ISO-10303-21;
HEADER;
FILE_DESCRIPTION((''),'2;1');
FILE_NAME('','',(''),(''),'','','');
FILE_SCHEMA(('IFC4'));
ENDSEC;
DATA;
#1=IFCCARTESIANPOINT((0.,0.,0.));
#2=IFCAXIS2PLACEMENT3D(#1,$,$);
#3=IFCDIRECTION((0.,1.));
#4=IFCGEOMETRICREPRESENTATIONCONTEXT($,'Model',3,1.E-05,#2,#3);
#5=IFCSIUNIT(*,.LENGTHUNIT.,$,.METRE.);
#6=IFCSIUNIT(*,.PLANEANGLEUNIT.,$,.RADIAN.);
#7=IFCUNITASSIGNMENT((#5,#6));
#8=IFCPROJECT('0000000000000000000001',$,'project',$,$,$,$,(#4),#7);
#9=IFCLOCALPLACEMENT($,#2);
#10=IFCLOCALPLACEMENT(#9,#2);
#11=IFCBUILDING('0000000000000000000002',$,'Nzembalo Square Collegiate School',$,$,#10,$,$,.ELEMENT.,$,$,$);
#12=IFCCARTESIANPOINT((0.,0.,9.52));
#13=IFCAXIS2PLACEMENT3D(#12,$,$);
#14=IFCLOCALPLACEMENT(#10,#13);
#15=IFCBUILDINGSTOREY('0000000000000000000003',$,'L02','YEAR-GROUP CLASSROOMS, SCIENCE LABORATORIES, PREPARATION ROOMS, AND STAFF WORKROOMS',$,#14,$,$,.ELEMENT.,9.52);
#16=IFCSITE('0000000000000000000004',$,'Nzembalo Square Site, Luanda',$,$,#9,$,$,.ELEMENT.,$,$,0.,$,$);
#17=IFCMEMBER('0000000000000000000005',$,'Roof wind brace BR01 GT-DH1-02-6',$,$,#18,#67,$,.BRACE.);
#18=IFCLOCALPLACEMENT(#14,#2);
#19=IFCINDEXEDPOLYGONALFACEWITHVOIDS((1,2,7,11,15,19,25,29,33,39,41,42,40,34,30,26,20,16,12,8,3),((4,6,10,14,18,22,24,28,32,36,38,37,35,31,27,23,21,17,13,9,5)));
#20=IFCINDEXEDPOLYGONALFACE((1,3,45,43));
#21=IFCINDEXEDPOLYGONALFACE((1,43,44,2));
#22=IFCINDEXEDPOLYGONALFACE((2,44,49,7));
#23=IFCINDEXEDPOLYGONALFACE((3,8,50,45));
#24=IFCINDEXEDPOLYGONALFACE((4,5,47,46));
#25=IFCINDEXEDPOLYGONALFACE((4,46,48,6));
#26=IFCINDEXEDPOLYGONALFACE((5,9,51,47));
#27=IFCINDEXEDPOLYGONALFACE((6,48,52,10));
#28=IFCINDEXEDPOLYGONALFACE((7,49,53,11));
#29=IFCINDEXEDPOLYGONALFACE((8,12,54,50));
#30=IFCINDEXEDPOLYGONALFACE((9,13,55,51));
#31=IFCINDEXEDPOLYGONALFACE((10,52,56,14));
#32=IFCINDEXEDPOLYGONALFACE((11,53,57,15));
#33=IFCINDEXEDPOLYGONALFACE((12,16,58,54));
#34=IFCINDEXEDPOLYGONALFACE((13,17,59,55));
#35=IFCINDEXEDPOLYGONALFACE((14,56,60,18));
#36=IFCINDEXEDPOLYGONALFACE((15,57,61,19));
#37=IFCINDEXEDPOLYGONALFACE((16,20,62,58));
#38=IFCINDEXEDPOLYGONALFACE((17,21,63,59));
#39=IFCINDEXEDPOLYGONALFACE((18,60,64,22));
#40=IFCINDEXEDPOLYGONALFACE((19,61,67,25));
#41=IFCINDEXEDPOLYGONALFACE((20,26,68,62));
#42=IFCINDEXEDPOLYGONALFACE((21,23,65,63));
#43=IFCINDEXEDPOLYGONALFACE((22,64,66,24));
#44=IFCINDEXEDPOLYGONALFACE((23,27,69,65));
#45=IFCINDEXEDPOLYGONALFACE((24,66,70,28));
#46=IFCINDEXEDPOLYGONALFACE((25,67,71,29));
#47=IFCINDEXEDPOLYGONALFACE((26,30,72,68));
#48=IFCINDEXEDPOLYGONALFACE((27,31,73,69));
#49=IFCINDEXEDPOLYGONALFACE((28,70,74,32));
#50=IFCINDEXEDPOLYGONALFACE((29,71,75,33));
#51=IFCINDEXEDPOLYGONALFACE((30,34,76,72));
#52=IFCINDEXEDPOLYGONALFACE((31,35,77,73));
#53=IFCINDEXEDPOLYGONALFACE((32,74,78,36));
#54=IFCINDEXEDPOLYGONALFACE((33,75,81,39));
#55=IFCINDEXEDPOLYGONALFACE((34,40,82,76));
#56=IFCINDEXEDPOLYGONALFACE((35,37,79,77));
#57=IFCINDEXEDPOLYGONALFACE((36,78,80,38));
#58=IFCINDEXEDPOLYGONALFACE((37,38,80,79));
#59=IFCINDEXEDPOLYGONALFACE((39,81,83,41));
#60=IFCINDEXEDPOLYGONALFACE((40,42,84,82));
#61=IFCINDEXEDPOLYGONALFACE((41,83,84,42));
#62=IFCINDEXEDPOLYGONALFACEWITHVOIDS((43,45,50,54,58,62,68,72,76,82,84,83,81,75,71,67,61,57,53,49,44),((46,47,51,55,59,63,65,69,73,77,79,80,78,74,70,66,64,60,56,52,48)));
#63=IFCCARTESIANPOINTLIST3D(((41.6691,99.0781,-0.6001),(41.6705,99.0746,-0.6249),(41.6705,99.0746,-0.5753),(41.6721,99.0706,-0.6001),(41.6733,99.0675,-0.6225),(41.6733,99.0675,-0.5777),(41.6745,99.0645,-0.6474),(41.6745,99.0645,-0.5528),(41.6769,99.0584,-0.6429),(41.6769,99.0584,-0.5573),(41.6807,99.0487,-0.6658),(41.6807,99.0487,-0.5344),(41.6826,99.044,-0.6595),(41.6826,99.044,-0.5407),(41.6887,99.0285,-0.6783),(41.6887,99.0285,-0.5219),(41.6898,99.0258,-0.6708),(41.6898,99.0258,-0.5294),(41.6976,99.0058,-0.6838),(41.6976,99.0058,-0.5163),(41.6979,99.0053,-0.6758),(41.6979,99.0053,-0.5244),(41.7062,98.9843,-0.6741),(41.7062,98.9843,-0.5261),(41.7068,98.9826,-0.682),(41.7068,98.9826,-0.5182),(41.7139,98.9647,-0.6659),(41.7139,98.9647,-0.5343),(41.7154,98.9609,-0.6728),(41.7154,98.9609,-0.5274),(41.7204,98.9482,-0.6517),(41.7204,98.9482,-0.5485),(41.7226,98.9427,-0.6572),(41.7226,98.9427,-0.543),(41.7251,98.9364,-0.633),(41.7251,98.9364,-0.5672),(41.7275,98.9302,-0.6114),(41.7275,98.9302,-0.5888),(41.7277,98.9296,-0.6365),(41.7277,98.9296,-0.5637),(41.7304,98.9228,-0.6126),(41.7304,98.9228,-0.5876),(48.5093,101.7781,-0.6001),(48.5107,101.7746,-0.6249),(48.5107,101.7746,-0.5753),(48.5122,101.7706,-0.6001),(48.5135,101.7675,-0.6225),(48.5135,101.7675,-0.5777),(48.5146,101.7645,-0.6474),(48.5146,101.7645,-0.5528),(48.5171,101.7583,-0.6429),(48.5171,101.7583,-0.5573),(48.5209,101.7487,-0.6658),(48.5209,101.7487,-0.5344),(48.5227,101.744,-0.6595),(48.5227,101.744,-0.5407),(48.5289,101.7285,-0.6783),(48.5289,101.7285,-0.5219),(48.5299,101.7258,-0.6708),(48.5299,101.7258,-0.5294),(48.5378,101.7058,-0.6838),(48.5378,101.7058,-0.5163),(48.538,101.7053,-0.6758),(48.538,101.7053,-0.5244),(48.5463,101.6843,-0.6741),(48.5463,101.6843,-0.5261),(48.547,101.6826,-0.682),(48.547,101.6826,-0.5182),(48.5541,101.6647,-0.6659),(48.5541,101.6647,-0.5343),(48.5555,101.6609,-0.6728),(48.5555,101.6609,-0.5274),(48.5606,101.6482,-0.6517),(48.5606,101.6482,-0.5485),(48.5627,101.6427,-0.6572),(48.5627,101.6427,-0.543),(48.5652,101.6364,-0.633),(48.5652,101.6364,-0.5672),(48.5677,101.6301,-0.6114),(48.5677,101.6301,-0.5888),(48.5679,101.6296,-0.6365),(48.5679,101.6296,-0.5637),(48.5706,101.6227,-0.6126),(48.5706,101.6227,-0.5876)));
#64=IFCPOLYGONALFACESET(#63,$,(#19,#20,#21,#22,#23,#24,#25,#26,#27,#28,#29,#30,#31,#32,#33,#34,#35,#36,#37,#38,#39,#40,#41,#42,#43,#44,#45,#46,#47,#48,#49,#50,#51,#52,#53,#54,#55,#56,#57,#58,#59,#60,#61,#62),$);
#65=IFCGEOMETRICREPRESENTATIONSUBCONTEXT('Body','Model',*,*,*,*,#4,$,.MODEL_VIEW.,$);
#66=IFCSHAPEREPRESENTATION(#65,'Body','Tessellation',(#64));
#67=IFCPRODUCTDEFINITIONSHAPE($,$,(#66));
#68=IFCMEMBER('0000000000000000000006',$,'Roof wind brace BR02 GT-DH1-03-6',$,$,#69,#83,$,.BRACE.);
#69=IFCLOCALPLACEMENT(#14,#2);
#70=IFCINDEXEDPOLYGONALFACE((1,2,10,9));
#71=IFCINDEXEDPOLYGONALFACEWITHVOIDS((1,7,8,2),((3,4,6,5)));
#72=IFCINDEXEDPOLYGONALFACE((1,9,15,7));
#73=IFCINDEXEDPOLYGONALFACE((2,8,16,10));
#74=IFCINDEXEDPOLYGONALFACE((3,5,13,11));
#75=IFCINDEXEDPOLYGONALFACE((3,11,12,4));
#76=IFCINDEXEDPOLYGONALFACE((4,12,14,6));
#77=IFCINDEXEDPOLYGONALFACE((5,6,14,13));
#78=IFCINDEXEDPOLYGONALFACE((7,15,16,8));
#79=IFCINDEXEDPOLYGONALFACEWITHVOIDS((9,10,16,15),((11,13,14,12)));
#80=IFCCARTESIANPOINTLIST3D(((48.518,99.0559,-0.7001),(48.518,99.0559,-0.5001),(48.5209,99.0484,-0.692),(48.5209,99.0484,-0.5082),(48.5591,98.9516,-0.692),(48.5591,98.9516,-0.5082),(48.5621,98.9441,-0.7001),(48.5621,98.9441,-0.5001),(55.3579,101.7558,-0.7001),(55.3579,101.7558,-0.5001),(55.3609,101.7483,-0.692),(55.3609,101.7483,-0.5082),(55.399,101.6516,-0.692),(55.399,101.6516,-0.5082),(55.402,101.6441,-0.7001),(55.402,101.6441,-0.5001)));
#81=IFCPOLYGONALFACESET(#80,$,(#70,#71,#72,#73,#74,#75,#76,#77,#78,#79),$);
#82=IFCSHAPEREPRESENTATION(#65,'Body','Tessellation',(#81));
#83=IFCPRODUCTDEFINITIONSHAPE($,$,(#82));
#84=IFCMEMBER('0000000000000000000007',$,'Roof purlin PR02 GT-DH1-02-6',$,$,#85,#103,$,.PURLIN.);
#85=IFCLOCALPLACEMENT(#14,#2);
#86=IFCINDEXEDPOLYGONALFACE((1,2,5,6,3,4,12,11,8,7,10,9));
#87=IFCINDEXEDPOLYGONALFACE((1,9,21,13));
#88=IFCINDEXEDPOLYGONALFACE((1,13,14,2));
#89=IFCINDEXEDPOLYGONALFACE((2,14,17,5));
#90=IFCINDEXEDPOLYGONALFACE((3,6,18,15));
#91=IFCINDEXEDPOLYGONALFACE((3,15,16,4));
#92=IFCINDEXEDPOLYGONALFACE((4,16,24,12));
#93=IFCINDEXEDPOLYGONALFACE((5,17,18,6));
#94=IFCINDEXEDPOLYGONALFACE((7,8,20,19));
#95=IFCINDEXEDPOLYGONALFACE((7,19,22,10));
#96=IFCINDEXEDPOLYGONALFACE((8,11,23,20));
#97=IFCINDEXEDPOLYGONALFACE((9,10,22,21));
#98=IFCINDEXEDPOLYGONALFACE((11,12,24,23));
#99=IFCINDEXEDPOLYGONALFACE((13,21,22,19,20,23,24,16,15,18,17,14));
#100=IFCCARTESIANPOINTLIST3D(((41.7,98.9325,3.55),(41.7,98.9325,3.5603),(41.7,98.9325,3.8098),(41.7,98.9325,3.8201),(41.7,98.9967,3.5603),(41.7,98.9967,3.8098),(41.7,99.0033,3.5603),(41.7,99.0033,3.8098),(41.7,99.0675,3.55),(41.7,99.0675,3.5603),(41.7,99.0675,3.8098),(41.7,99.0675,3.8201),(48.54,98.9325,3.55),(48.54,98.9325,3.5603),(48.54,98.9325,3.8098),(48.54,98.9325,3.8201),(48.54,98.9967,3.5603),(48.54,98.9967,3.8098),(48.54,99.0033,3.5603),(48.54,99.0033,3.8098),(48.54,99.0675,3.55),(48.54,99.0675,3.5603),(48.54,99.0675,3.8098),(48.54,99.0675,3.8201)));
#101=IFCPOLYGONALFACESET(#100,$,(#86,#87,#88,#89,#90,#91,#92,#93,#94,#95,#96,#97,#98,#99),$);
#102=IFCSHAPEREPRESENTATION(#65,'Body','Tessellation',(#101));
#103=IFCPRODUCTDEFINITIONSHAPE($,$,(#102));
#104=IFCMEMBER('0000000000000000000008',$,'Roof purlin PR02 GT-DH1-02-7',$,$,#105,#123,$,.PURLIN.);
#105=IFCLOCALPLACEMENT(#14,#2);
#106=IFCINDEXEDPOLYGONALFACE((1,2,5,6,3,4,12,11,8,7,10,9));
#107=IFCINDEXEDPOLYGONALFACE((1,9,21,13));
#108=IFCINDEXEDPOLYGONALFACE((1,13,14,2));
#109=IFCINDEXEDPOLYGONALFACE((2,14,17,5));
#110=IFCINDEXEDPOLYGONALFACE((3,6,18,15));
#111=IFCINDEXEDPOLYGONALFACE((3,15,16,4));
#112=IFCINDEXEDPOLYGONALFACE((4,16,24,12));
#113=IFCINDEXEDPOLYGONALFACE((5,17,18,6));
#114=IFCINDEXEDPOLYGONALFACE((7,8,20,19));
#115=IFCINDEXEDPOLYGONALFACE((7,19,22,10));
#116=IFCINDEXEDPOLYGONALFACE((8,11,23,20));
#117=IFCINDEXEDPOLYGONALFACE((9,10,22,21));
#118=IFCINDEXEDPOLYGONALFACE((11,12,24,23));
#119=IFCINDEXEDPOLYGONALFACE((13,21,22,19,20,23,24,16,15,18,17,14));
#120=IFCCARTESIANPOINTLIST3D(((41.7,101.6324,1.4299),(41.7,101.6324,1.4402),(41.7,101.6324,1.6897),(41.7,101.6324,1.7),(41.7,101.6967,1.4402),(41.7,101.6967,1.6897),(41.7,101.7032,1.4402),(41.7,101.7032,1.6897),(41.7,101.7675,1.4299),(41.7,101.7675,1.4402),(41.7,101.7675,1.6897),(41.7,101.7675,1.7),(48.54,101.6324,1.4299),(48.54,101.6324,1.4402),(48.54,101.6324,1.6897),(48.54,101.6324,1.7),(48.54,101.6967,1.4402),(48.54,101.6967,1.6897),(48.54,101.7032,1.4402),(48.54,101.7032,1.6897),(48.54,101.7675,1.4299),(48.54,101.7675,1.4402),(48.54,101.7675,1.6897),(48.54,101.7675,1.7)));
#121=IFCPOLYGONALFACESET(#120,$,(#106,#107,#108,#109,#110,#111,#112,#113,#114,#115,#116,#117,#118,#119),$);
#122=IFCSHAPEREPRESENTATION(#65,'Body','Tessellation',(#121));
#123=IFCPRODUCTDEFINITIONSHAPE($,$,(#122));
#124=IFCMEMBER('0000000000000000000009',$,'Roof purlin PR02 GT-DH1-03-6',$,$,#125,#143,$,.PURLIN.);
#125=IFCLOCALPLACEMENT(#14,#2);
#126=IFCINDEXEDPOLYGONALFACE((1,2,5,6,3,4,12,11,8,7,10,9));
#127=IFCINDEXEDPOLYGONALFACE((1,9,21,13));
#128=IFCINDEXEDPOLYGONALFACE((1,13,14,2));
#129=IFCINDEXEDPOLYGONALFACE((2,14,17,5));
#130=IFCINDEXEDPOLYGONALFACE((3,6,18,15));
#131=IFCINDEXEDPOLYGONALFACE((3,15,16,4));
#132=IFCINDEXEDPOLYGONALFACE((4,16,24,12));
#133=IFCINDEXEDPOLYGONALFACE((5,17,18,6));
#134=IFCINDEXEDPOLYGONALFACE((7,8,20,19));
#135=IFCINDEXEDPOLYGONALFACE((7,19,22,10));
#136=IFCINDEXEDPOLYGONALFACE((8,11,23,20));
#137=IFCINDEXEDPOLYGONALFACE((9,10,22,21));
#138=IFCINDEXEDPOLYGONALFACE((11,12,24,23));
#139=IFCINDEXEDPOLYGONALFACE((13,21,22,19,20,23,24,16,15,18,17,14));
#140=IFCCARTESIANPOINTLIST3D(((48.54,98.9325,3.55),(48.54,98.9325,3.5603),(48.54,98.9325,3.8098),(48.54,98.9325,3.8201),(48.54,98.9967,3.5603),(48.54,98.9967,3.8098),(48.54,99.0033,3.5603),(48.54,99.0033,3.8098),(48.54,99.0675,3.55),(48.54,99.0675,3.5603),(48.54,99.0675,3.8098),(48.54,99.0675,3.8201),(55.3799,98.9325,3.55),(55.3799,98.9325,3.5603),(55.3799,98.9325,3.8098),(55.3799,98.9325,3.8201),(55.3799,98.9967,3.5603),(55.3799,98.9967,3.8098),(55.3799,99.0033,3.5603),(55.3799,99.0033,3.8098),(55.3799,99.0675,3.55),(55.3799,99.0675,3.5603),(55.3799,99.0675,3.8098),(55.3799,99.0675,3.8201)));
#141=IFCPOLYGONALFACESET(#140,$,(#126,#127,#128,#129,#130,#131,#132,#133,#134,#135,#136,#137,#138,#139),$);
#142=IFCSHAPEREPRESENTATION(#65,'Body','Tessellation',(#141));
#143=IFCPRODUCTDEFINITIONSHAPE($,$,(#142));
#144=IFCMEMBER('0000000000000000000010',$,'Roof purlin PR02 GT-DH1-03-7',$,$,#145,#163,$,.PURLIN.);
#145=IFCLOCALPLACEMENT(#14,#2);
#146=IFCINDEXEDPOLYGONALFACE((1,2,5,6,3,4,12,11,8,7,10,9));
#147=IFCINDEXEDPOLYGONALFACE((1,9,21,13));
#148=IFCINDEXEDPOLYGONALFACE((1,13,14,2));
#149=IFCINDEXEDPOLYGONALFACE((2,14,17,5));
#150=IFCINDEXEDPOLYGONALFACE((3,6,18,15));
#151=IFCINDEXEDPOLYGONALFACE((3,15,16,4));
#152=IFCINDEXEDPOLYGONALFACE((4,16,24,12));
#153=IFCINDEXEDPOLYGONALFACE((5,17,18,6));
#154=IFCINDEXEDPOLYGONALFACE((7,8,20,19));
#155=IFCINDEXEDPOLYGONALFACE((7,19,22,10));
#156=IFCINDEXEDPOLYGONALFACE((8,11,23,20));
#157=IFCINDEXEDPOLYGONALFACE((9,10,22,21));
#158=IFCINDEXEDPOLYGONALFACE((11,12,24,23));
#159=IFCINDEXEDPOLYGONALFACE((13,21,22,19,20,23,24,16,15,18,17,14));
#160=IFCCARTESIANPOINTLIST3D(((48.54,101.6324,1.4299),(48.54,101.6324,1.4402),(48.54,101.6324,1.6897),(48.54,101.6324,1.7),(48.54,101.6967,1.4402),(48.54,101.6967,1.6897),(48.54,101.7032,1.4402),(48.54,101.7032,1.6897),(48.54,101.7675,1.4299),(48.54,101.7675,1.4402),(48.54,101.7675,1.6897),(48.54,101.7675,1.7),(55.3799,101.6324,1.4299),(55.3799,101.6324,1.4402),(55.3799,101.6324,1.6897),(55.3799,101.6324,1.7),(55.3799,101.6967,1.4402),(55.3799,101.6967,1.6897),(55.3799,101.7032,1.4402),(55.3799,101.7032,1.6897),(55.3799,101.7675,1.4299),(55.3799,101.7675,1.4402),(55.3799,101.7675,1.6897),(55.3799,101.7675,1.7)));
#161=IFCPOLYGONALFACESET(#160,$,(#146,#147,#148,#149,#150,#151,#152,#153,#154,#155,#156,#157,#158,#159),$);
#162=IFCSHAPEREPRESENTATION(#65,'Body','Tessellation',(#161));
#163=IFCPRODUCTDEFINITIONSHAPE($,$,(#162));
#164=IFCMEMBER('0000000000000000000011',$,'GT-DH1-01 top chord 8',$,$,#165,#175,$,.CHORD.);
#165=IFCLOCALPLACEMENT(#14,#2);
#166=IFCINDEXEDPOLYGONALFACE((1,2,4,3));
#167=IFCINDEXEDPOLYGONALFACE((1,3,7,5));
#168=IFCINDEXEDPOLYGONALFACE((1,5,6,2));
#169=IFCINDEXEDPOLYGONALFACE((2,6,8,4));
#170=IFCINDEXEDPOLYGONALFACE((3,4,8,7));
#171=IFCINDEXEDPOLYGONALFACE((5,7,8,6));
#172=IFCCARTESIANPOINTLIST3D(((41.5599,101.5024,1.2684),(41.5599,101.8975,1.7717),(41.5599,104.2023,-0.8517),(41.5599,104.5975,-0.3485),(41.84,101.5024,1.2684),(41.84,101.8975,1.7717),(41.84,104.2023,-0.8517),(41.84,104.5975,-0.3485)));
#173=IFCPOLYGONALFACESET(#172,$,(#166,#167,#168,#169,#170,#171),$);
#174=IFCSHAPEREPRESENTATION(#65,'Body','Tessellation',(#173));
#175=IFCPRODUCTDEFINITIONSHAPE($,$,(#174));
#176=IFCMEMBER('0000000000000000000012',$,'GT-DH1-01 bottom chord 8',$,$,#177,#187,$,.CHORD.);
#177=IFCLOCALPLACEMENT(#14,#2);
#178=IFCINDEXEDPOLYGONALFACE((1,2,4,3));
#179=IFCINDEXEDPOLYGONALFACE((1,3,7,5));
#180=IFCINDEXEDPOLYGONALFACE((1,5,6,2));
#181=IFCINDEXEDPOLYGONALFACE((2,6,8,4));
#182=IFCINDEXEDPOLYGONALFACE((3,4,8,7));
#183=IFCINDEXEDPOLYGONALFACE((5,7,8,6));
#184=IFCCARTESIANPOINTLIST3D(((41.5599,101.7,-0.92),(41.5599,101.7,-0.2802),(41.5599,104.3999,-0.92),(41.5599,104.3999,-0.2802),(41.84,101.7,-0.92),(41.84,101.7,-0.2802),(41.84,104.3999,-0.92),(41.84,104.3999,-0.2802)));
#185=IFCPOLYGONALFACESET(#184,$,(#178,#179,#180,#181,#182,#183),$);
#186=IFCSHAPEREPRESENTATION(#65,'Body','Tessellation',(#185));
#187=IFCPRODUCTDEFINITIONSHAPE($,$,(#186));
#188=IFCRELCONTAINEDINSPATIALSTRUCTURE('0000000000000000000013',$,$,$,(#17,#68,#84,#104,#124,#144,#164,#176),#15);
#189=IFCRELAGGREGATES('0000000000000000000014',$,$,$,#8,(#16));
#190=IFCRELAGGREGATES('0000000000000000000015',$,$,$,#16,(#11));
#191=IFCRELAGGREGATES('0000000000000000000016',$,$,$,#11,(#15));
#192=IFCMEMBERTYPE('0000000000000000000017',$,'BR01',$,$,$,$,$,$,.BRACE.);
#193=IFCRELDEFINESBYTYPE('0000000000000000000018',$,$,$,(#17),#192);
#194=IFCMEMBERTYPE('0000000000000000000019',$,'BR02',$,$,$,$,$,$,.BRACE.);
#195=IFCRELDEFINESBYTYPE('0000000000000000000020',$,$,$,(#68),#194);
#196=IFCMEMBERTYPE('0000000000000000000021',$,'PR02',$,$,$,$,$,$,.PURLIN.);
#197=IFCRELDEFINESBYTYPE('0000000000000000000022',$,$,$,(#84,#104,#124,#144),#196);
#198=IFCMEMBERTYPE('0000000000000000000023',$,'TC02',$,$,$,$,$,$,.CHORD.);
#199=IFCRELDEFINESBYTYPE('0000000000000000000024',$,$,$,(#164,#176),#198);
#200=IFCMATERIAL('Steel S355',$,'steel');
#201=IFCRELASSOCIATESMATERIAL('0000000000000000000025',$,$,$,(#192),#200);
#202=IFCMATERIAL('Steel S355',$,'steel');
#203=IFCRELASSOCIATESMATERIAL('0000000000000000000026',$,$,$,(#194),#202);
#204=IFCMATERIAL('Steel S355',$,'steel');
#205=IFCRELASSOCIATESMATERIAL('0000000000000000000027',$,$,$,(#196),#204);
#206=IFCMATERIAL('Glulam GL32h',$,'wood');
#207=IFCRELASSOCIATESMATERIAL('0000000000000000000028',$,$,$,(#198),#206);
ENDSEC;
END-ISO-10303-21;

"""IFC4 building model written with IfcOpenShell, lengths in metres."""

from ifc_helpers import new_model, si_unit, direction, frame, origin, origin_2d, place, context, subcontext, project, spatial, rectangle, hollow_rectangle, hollow_circle, i_section, extrude, material, material_profile, profile_set, type_object, element, save


model = new_model("IFC4")

# Units and contexts
model_context = context("Model", 3, precision=1e-05, world=origin(), true_north=direction((0.0, 1.0)))
body_context = subcontext(model_context, "Body", "Model", "MODEL_VIEW")
ifc_project = project(units=[si_unit("LENGTHUNIT", "METRE"), si_unit("PLANEANGLEUNIT", "RADIAN")], contexts=[model_context])

# Site, building, storey
site_placement = place(None, origin())
site = spatial("IfcSite", under=ifc_project, at=site_placement, Name="Nzembalo Square Site, Luanda", CompositionType="ELEMENT", RefElevation=0.0)
building_placement = place(site_placement, origin())
building = spatial("IfcBuilding", under=site, at=building_placement, Name="Nzembalo Square Collegiate School", CompositionType="ELEMENT")
storey_placement = place(building_placement, frame((0.0, 0.0, 9.52)))
storey = spatial("IfcBuildingStorey", under=building, at=storey_placement, Name="L02", Description="YEAR-GROUP CLASSROOMS, SCIENCE LABORATORIES, PREPARATION ROOMS, AND STAFF WORKROOMS", CompositionType="ELEMENT", Elevation=9.52)

# Members
ifc_material_1 = material(Name="Steel S355", Category="steel")
ifc_material_profile_1 = material_profile(ifc_material_1, hollow_circle(Radius=0.084, WallThickness=0.0081, at=origin_2d()), Name="CHS 168x8")
ifc_profile_set_1 = profile_set([ifc_material_profile_1], Name="Steel S355")
member_type_1 = type_object("IfcMemberType", Name="BR01", PredefinedType="BRACE", material=ifc_profile_set_1)
member_1_placement = place(storey_placement, frame((41.7, 99.0, -0.6001), z_axis=(0.930159, 0.367157, 0.0), x_axis=(-0.367157, 0.930159, 0.0)))
element("IfcMember", 1, at=member_1_placement, inside=storey, type_object=member_type_1, Name="Roof wind brace BR01 GT-DH1-02-6", PredefinedType="BRACE", context=body_context, shape_type="SweptSolid", body=[
    extrude(hollow_circle(Radius=0.084, WallThickness=0.0081, at=origin_2d()), origin(), (0.0, 0.0, 1.0), 7.3538),
])
ifc_material_2 = material(Name="Steel S355", Category="steel")
ifc_material_profile_2 = material_profile(ifc_material_2, hollow_rectangle(XDim=0.1201, YDim=0.2, WallThickness=0.0081, at=origin_2d()), Name="RHS 200x120x8")
ifc_profile_set_2 = profile_set([ifc_material_profile_2], Name="Steel S355")
member_type_2 = type_object("IfcMemberType", Name="BR02", PredefinedType="BRACE", material=ifc_profile_set_2)
member_2_placement = place(storey_placement, frame((48.54, 99.0, -0.6001), z_axis=(0.930155, 0.367168, 0.0), x_axis=(-0.367168, 0.930155, 0.0)))
element("IfcMember", 2, at=member_2_placement, inside=storey, type_object=member_type_2, Name="Roof wind brace BR02 GT-DH1-03-6", PredefinedType="BRACE", context=body_context, shape_type="SweptSolid", body=[
    extrude(hollow_rectangle(XDim=0.1201, YDim=0.2, WallThickness=0.0081, at=origin_2d()), origin(), (0.0, 0.0, 1.0), 7.3535),
])
ifc_material_3 = material(Name="Steel S355", Category="steel")
ifc_material_profile_3 = material_profile(ifc_material_3, i_section(OverallWidth=0.135, OverallDepth=0.27, WebThickness=0.0066, FlangeThickness=0.0103, at=origin_2d()), Name="IPE 270")
ifc_profile_set_3 = profile_set([ifc_material_profile_3], Name="Steel S355")
member_type_3 = type_object("IfcMemberType", Name="PR02", PredefinedType="PURLIN", material=ifc_profile_set_3)
for number, where, z_axis, x_axis, name in (
    (3, (41.7, 99.0, 3.6851), (1.0, 0.0, 0.0), (0.0, 1.0, 0.0), "Roof purlin PR02 GT-DH1-02-6"),
    (4, (41.7, 101.7, 1.5649), (1.0, 0.0, 0.0), (0.0, 1.0, 0.0), "Roof purlin PR02 GT-DH1-02-7"),
):
    element("IfcMember", number, at=place(storey_placement, frame(where, z_axis=z_axis, x_axis=x_axis)), inside=storey, type_object=member_type_3, Name=name, PredefinedType="PURLIN", context=body_context, shape_type="SweptSolid", body=[
        extrude(i_section(OverallWidth=0.135, OverallDepth=0.27, WebThickness=0.0066, FlangeThickness=0.0103, at=origin_2d()), origin(), (0.0, 0.0, 1.0), 6.8401),
    ])
for number, where, z_axis, x_axis, name in (
    (5, (48.54, 99.0, 3.6851), (1.0, 0.0, 0.0), (0.0, 1.0, 0.0), "Roof purlin PR02 GT-DH1-03-6"),
    (6, (48.54, 101.7, 1.5649), (1.0, 0.0, 0.0), (0.0, 1.0, 0.0), "Roof purlin PR02 GT-DH1-03-7"),
):
    element("IfcMember", number, at=place(storey_placement, frame(where, z_axis=z_axis, x_axis=x_axis)), inside=storey, type_object=member_type_3, Name=name, PredefinedType="PURLIN", context=body_context, shape_type="SweptSolid", body=[
        extrude(i_section(OverallWidth=0.135, OverallDepth=0.27, WebThickness=0.0066, FlangeThickness=0.0103, at=origin_2d()), origin(), (0.0, 0.0, 1.0), 6.8398),
    ])
ifc_material_4 = material(Name="Glulam GL32h", Category="wood")
ifc_material_profile_4 = material_profile(ifc_material_4, rectangle(XDim=0.28, YDim=0.6399, at=origin_2d()), Name="GL32h 280x640")
ifc_profile_set_4 = profile_set([ifc_material_profile_4], Name="Glulam GL32h")
member_type_4 = type_object("IfcMemberType", Name="TC02", PredefinedType="CHORD", material=ifc_profile_set_4)
member_3_placement = place(storey_placement, frame((41.7, 101.7, 1.52), z_axis=(0.0, 0.786498, -0.617592), x_axis=(-1.0, 0.0, 0.0)))
element("IfcMember", 7, at=member_3_placement, inside=storey, type_object=member_type_4, Name="GT-DH1-01 top chord 8", PredefinedType="CHORD", context=body_context, shape_type="SweptSolid", body=[
    extrude(rectangle(XDim=0.28, YDim=0.6399, at=origin_2d()), origin(), (0.0, 0.0, 1.0), 3.4329),
])
member_4_placement = place(storey_placement, frame((41.7, 101.7, -0.6001), z_axis=(0.0, 1.0, 0.0), x_axis=(-1.0, 0.0, 0.0)))
element("IfcMember", 8, at=member_4_placement, inside=storey, type_object=member_type_4, Name="GT-DH1-01 bottom chord 8", PredefinedType="CHORD", context=body_context, shape_type="SweptSolid", body=[
    extrude(rectangle(XDim=0.28, YDim=0.6399, at=origin_2d()), origin(), (0.0, 0.0, 1.0), 2.7),
])

save(model, "model.ifc")
